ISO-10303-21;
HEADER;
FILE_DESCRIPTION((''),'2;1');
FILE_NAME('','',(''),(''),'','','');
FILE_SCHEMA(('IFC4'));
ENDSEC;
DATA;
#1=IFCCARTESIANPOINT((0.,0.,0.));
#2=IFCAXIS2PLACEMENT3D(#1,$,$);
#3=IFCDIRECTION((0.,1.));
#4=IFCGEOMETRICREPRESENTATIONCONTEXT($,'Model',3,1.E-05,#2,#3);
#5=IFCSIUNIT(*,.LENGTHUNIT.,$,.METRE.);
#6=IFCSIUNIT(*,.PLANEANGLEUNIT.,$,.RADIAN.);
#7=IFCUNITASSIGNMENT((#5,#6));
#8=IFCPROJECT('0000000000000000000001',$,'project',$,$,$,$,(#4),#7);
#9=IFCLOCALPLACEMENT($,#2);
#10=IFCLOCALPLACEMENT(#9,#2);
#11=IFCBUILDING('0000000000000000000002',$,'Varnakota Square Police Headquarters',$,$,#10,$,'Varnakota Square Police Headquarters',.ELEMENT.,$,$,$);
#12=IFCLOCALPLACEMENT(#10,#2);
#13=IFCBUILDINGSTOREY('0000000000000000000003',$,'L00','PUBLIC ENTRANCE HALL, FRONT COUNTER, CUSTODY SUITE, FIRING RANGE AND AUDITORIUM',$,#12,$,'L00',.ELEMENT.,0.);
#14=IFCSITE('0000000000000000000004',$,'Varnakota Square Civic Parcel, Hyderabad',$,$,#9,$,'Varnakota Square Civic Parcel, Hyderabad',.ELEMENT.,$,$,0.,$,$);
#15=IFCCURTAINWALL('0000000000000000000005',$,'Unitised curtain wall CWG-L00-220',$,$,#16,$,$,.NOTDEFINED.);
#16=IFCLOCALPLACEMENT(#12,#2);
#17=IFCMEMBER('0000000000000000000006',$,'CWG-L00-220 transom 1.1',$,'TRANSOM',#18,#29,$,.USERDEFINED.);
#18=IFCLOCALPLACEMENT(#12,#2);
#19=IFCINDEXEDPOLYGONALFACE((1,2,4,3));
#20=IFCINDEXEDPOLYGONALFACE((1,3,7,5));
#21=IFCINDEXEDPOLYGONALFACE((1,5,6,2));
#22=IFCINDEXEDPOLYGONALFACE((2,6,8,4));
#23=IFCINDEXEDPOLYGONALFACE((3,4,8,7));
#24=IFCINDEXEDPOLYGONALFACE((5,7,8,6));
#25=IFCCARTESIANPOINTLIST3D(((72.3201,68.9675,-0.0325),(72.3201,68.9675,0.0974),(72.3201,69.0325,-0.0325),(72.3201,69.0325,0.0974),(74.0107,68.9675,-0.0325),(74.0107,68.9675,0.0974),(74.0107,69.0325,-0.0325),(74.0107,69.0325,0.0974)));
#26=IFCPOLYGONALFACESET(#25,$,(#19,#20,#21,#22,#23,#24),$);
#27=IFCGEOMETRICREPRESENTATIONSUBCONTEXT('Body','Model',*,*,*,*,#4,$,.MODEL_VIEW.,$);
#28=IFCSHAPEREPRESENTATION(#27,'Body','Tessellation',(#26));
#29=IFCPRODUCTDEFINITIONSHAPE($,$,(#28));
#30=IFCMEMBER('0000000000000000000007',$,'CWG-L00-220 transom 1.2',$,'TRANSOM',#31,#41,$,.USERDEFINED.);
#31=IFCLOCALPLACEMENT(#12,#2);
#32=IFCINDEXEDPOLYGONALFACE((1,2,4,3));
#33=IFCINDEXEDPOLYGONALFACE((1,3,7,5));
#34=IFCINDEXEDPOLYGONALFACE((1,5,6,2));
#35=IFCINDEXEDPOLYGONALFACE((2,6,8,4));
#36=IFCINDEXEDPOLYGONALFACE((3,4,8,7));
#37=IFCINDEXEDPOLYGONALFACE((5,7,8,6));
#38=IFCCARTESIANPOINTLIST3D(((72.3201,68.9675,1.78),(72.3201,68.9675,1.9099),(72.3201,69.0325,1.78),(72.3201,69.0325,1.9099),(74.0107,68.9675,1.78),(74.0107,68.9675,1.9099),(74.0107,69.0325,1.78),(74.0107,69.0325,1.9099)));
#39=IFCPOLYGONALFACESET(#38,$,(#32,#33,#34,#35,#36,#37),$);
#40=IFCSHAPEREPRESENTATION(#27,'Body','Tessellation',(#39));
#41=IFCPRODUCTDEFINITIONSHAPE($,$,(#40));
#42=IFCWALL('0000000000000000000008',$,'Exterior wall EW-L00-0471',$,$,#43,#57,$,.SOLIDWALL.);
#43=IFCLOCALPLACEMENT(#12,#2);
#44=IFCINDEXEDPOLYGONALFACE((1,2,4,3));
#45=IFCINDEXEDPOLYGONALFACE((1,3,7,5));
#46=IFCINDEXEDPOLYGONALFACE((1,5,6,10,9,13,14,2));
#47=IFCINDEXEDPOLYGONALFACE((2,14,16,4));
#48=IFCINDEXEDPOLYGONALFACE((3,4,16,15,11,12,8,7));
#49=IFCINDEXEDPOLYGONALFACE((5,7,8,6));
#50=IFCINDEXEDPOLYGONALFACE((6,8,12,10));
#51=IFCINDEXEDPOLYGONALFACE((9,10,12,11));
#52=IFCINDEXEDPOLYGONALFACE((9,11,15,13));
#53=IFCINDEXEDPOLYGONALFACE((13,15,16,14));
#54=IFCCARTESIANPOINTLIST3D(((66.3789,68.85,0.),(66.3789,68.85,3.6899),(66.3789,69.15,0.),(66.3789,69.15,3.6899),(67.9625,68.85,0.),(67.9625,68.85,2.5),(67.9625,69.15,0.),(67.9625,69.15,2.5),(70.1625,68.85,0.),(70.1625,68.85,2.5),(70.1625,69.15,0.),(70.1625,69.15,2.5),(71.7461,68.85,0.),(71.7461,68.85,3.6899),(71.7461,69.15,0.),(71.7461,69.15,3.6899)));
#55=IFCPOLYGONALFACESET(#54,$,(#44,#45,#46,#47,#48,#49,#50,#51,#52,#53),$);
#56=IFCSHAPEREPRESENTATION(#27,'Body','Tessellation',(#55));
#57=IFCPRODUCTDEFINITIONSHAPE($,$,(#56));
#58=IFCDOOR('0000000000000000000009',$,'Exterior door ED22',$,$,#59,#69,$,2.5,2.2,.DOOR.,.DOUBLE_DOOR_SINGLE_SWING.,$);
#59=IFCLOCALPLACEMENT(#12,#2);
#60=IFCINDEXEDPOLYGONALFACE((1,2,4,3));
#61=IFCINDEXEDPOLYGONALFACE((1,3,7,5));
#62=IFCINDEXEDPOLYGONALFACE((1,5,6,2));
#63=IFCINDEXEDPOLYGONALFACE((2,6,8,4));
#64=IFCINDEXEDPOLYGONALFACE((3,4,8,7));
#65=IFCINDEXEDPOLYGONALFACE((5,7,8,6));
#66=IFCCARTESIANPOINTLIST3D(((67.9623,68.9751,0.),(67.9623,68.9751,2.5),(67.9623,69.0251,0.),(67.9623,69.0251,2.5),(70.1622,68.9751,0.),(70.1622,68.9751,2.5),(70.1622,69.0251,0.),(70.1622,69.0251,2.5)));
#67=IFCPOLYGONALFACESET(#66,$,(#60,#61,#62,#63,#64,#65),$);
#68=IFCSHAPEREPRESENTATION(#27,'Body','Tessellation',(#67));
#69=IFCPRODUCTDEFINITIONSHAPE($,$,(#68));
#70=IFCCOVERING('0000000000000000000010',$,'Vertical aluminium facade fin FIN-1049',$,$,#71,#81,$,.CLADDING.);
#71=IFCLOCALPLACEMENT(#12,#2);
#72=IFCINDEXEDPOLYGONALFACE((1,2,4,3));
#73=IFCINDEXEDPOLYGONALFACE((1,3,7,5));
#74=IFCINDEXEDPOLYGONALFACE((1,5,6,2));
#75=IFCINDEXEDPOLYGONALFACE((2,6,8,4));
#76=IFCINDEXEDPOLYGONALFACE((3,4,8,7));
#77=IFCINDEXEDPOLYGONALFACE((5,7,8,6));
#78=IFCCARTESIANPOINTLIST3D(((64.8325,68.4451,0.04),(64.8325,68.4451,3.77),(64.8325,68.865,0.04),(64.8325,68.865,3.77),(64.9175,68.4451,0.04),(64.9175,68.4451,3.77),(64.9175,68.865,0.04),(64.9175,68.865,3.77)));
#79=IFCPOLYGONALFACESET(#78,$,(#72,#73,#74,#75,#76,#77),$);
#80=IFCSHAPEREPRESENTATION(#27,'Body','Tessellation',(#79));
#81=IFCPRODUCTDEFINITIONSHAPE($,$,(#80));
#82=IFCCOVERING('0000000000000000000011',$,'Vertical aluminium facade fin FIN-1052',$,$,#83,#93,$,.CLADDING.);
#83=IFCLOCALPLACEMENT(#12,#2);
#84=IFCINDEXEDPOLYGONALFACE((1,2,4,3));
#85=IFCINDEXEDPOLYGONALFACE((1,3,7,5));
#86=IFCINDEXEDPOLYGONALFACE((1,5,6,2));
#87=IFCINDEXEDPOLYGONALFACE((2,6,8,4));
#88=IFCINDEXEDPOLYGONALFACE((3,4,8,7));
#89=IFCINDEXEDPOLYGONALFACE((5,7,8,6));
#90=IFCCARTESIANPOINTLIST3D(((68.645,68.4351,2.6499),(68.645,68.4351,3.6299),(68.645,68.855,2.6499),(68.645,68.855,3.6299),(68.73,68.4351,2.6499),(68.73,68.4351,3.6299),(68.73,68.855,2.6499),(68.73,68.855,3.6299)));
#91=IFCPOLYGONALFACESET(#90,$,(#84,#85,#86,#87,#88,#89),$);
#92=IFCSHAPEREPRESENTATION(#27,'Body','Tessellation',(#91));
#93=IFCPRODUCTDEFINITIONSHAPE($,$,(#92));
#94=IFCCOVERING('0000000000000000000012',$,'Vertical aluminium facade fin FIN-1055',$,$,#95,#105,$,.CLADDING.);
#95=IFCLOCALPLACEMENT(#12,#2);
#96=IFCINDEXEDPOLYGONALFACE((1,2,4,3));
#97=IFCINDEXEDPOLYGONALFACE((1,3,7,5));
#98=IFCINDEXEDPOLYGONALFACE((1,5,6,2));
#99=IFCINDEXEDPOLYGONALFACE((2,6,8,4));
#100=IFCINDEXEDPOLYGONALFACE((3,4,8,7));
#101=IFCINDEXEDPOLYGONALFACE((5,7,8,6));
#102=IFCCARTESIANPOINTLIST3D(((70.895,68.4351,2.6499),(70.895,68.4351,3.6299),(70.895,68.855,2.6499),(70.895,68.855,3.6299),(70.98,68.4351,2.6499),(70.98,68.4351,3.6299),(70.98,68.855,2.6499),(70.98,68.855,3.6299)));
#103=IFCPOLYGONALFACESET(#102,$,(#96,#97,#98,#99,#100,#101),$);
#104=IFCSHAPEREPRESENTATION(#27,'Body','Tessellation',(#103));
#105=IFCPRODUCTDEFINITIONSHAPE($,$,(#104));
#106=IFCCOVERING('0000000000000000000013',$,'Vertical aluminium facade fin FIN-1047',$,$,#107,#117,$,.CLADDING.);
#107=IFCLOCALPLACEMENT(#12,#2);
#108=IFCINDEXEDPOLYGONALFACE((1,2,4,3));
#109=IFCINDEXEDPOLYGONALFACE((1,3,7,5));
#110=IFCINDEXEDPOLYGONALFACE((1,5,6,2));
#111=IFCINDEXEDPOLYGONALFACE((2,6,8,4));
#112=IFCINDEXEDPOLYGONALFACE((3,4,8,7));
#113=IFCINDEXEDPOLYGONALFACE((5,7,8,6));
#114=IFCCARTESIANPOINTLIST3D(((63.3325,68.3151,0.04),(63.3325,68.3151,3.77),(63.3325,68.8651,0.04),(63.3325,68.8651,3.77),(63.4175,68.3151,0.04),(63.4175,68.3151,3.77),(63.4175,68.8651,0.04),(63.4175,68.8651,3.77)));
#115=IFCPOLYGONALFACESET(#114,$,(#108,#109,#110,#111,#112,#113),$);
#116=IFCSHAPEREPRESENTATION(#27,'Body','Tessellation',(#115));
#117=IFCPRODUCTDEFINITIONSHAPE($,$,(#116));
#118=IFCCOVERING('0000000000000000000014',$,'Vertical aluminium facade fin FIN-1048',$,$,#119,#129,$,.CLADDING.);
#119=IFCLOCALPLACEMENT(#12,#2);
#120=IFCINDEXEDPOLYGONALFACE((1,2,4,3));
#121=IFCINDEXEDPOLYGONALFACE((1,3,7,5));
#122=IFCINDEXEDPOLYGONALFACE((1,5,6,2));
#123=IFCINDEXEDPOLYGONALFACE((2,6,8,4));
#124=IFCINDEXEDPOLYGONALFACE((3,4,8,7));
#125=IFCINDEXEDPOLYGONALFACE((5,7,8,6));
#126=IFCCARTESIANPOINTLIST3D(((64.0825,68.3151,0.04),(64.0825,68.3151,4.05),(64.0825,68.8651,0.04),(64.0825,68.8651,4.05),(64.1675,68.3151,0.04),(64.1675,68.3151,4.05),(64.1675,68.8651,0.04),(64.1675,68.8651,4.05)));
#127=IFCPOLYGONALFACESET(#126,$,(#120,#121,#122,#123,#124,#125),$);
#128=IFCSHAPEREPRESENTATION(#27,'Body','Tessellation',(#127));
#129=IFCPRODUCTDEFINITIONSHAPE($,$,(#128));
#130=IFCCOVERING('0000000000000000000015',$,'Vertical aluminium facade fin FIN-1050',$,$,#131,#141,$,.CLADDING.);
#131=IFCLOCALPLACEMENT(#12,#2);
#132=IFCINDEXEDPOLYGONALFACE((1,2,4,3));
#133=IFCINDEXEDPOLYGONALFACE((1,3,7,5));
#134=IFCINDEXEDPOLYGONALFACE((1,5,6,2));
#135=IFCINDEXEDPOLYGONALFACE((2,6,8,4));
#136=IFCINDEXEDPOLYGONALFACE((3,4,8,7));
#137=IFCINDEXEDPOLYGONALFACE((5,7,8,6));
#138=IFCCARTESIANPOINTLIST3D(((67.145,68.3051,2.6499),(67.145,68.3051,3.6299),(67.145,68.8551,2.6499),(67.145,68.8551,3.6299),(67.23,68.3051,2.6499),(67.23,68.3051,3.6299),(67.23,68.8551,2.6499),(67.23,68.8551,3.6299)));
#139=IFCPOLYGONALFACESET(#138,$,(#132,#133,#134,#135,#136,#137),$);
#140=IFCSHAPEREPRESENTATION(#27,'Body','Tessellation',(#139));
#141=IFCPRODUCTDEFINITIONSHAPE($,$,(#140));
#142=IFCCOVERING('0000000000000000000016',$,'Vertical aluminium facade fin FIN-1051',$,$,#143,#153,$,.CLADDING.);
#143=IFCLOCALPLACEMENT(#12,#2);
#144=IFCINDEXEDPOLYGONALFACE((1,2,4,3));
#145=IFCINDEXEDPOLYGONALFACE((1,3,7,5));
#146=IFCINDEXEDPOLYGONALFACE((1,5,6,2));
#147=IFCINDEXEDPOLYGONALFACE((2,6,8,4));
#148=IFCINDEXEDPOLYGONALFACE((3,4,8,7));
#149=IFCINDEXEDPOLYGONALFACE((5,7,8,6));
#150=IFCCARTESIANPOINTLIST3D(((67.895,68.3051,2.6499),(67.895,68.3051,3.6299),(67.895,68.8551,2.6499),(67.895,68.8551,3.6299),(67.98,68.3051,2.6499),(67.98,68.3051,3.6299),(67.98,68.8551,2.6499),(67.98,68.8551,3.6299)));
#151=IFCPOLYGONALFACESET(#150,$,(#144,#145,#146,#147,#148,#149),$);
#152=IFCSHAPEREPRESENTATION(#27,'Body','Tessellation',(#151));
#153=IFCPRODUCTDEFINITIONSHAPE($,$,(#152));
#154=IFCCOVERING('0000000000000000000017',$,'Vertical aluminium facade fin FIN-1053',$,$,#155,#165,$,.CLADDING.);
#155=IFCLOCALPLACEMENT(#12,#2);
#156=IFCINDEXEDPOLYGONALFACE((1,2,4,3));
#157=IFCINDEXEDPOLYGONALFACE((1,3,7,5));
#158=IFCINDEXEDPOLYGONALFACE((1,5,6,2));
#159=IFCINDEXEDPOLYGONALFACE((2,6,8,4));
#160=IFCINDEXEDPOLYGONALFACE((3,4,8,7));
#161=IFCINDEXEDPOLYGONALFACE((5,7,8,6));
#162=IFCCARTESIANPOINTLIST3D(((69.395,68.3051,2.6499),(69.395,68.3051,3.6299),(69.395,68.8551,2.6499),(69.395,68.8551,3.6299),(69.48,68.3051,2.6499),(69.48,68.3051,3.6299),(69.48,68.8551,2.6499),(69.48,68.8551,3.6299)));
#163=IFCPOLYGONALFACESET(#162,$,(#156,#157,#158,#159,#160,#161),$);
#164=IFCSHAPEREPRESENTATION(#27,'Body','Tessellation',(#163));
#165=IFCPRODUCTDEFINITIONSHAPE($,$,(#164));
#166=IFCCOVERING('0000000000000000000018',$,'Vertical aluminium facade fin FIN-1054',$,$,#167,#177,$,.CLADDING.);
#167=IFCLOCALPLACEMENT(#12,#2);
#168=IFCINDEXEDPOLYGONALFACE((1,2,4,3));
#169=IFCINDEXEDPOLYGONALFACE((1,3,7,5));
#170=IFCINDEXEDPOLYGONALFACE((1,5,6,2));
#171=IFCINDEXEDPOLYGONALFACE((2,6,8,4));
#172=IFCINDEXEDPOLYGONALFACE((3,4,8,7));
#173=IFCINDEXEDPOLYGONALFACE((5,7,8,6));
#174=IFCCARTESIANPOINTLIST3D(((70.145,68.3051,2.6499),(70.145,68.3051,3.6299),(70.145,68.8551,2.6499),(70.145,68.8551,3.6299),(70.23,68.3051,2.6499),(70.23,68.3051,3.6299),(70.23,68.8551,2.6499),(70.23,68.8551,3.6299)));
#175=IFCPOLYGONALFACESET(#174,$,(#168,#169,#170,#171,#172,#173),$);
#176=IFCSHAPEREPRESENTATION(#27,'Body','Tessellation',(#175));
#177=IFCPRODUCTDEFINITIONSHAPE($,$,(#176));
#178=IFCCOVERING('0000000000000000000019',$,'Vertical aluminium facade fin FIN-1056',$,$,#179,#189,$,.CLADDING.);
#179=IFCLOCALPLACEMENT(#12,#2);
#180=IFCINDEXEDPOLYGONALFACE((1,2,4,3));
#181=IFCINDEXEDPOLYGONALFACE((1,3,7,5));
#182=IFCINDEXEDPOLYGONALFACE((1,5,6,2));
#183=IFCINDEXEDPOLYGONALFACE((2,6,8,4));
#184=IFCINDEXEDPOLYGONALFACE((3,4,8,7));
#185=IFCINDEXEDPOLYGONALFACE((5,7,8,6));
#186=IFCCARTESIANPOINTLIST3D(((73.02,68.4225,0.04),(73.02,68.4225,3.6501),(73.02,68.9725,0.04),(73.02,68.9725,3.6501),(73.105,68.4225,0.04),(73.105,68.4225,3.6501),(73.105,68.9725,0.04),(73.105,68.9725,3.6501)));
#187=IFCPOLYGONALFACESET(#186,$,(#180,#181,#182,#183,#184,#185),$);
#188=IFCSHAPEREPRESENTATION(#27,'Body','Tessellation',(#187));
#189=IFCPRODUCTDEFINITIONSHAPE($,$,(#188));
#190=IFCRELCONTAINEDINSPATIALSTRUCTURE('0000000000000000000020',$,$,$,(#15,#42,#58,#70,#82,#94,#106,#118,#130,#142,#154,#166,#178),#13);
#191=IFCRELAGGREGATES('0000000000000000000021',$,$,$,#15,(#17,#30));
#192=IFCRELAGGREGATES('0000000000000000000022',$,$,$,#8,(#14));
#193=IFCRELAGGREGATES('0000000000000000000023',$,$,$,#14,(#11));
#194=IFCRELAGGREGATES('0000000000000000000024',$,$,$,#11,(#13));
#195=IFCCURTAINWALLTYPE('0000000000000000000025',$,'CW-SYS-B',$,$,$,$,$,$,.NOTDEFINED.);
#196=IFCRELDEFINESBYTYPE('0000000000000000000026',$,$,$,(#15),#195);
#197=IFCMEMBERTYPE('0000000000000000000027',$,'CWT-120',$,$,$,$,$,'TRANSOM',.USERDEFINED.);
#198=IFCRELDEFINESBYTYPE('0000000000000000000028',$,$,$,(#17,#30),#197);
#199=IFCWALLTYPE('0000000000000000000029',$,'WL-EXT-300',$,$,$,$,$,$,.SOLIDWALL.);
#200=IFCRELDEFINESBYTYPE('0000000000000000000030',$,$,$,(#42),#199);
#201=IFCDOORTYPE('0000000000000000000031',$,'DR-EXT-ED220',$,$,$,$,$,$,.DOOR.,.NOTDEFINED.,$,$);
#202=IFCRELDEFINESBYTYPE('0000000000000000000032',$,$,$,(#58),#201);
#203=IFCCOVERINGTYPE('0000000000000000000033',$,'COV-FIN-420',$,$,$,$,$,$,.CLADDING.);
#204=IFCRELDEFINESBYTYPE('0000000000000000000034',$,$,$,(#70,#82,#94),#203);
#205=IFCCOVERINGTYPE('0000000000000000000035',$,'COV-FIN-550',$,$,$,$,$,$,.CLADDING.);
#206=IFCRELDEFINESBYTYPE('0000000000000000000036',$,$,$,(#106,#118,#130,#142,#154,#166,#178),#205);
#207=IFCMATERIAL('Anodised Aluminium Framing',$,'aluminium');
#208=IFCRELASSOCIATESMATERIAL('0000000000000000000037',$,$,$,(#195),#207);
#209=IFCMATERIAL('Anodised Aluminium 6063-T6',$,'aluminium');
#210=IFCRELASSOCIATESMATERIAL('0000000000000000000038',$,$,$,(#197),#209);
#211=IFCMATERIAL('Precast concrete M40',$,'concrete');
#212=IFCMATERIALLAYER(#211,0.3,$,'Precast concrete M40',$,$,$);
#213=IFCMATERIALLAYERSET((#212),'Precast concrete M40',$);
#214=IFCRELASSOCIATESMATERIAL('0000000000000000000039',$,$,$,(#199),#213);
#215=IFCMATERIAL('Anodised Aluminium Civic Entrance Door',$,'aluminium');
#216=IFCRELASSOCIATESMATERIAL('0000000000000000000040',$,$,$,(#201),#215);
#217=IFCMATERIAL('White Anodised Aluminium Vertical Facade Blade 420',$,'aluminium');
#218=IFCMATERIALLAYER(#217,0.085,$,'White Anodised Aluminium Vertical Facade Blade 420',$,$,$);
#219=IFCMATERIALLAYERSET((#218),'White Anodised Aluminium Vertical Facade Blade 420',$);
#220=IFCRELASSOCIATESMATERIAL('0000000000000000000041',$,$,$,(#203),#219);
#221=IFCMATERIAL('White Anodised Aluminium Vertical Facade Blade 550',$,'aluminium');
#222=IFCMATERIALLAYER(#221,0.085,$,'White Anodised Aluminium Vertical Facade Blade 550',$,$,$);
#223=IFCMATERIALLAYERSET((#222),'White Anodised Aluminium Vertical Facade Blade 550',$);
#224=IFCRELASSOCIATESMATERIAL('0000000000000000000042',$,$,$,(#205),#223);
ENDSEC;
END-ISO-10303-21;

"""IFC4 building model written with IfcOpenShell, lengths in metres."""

from ifc_helpers import new_model, si_unit, direction, frame, frame_2d, origin, origin_2d, place, context, subcontext, project, spatial, rectangle, extrude, material, layer, layer_set, material_profile, profile_set, type_object, element, fill, aggregate, save


model = new_model("IFC4")

# Units and contexts
model_context = context("Model", 3, precision=1e-05, world=origin(), true_north=direction((0.0, 1.0)))
body_context = subcontext(model_context, "Body", "Model", "MODEL_VIEW")
ifc_project = project(units=[si_unit("LENGTHUNIT", "METRE"), si_unit("PLANEANGLEUNIT", "RADIAN")], contexts=[model_context])

# Site, building, storey
site_placement = place(None, origin())
site = spatial("IfcSite", under=ifc_project, at=site_placement, Name="Varnakota Square Civic Parcel, Hyderabad", LongName="Varnakota Square Civic Parcel, Hyderabad", CompositionType="ELEMENT", RefElevation=0.0)
building_placement = place(site_placement, origin())
building = spatial("IfcBuilding", under=site, at=building_placement, Name="Varnakota Square Police Headquarters", LongName="Varnakota Square Police Headquarters", CompositionType="ELEMENT")
storey_placement = place(building_placement, origin())
storey = spatial("IfcBuildingStorey", under=building, at=storey_placement, Name="L00", Description="PUBLIC ENTRANCE HALL, FRONT COUNTER, CUSTODY SUITE, FIRING RANGE AND AUDITORIUM", LongName="L00", CompositionType="ELEMENT", Elevation=0.0)

# Curtain wall, members
ifc_material_1 = material(Name="Anodised Aluminium Framing", Category="aluminium")
curtain_wall_type = type_object("IfcCurtainWallType", Name="CW-SYS-B", PredefinedType="NOTDEFINED", material=ifc_material_1)
curtain_wall_placement = place(storey_placement, origin())
curtain_wall = element("IfcCurtainWall", 1, at=curtain_wall_placement, inside=storey, type_object=curtain_wall_type, Name="Unitised curtain wall CWG-L00-220", PredefinedType="NOTDEFINED")
ifc_material_2 = material(Name="Anodised Aluminium 6063-T6", Category="aluminium")
ifc_material_profile_1 = material_profile(ifc_material_2, rectangle(XDim=0.0649, YDim=0.1299, at=origin_2d()), Name="ALU TRANSOM 65x130")
ifc_profile_set_1 = profile_set([ifc_material_profile_1], Name="Anodised Aluminium 6063-T6")
member_type_1 = type_object("IfcMemberType", Name="CWT-120", ElementType="TRANSOM", PredefinedType="USERDEFINED", material=ifc_profile_set_1)
member_1_placement = place(storey_placement, frame((72.3201, 69.0, 0.0325), z_axis=(1.0, 0.0, 0.0), x_axis=(0.0, 1.0, 0.0)))
member_1 = element("IfcMember", 2, at=member_1_placement, type_object=member_type_1, Name="CWG-L00-220 transom 1.1", ObjectType="TRANSOM", PredefinedType="USERDEFINED", context=body_context, shape_type="SweptSolid", body=[
    extrude(rectangle(XDim=0.0649, YDim=0.1299, at=origin_2d()), origin(), (0.0, 0.0, 1.0), 1.6907),
])
member_2_placement = place(storey_placement, frame((72.3201, 69.0, 1.845), z_axis=(1.0, 0.0, 0.0), x_axis=(0.0, 1.0, 0.0)))
member_2 = element("IfcMember", 3, at=member_2_placement, type_object=member_type_1, Name="CWG-L00-220 transom 1.2", ObjectType="TRANSOM", PredefinedType="USERDEFINED", context=body_context, shape_type="SweptSolid", body=[
    extrude(rectangle(XDim=0.0649, YDim=0.1299, at=origin_2d()), origin(), (0.0, 0.0, 1.0), 1.6907),
])
aggregate(curtain_wall, [member_1, member_2])

# Wall, opening, door
ifc_material_3 = material(Name="Precast concrete M40", Category="concrete")
ifc_layer_1 = layer(ifc_material_3, 0.3, Name="Precast concrete M40")
ifc_layer_set_1 = layer_set([ifc_layer_1], Name="Precast concrete M40")
wall_type = type_object("IfcWallType", Name="WL-EXT-300", PredefinedType="SOLIDWALL", material=ifc_layer_set_1)
wall_placement = place(storey_placement, frame((66.3789, 69.0, 0.0), z_axis=(0.0, 0.0, 1.0), x_axis=(1.0, 0.0, 0.0)))
wall = element("IfcWall", 4, at=wall_placement, inside=storey, type_object=wall_type, Name="Exterior wall EW-L00-0471", PredefinedType="SOLIDWALL", context=body_context, shape_type="SweptSolid", body=[
    extrude(rectangle(XDim=5.3672, YDim=0.3, at=frame_2d((2.6836, 0.0))), origin(), (0.0, 0.0, 1.0), 3.6899),
])
opening_placement = place(wall_placement, frame((1.5835, 0.0, 0.0)))
opening = element("IfcOpeningElement", 5, at=opening_placement, cuts=wall, PredefinedType="OPENING", context=body_context, shape_type="SweptSolid", body=[
    extrude(rectangle(XDim=2.2, YDim=2.5, at=frame_2d((1.1001, 1.25))), frame((0.0, 0.1599, 0.0), z_axis=(0.0, -1.0, 0.0), x_axis=(1.0, 0.0, 0.0)), (0.0, 0.0, 1.0), 0.3201),
])
ifc_material_4 = material(Name="Anodised Aluminium Civic Entrance Door", Category="aluminium")
door_type = type_object("IfcDoorType", Name="DR-EXT-ED220", OperationType="NOTDEFINED", PredefinedType="DOOR", material=ifc_material_4)
door_placement = place(opening_placement, frame((2.2, 0.0, 0.0), z_axis=(0.0, 0.0, 1.0), x_axis=(-1.0, 0.0, 0.0)))
door = element("IfcDoor", 6, at=door_placement, inside=storey, type_object=door_type, Name="Exterior door ED22", OperationType="DOUBLE_DOOR_SINGLE_SWING", OverallHeight=2.5, OverallWidth=2.2, PredefinedType="DOOR", context=body_context, shape_type="SweptSolid", body=[
    extrude(rectangle(XDim=2.2, YDim=2.5, at=frame_2d((1.1001, 1.25))), frame((0.0, 0.0249, 0.0), z_axis=(0.0, -1.0, 0.0), x_axis=(1.0, 0.0, 0.0)), (0.0, 0.0, 1.0), 0.05),
])
fill(opening, door)

# Coverings
ifc_material_5 = material(Name="White Anodised Aluminium Vertical Facade Blade 420", Category="aluminium")
ifc_layer_2 = layer(ifc_material_5, 0.085, Name="White Anodised Aluminium Vertical Facade Blade 420")
ifc_layer_set_2 = layer_set([ifc_layer_2], Name="White Anodised Aluminium Vertical Facade Blade 420")
covering_type_1 = type_object("IfcCoveringType", Name="COV-FIN-420", PredefinedType="CLADDING", material=ifc_layer_set_2)
covering_1_placement = place(storey_placement, frame((64.875, 68.655, 0.04), z_axis=(0.0, 0.0, 1.0), x_axis=(1.0, 0.0, 0.0)))
element("IfcCovering", 7, at=covering_1_placement, inside=storey, type_object=covering_type_1, Name="Vertical aluminium facade fin FIN-1049", PredefinedType="CLADDING", context=body_context, shape_type="SweptSolid", body=[
    extrude(rectangle(XDim=0.085, YDim=0.4199, at=origin_2d()), origin(), (0.0, 0.0, 1.0), 3.73),
])
for number, where, z_axis, x_axis, name in (
    (8, (68.6875, 68.645, 2.6499), (0.0, 0.0, 1.0), (1.0, 0.0, 0.0), "Vertical aluminium facade fin FIN-1052"),
    (9, (70.9375, 68.645, 2.6499), (0.0, 0.0, 1.0), (1.0, 0.0, 0.0), "Vertical aluminium facade fin FIN-1055"),
):
    element("IfcCovering", number, at=place(storey_placement, frame(where, z_axis=z_axis, x_axis=x_axis)), inside=storey, type_object=covering_type_1, Name=name, PredefinedType="CLADDING", context=body_context, shape_type="SweptSolid", body=[
        extrude(rectangle(XDim=0.085, YDim=0.4199, at=origin_2d()), origin(), (0.0, 0.0, 1.0), 0.98),
    ])
ifc_material_6 = material(Name="White Anodised Aluminium Vertical Facade Blade 550", Category="aluminium")
ifc_layer_3 = layer(ifc_material_6, 0.085, Name="White Anodised Aluminium Vertical Facade Blade 550")
ifc_layer_set_3 = layer_set([ifc_layer_3], Name="White Anodised Aluminium Vertical Facade Blade 550")
covering_type_2 = type_object("IfcCoveringType", Name="COV-FIN-550", PredefinedType="CLADDING", material=ifc_layer_set_3)
covering_2_placement = place(storey_placement, frame((63.375, 68.5901, 0.04), z_axis=(0.0, 0.0, 1.0), x_axis=(1.0, 0.0, 0.0)))
element("IfcCovering", 10, at=covering_2_placement, inside=storey, type_object=covering_type_2, Name="Vertical aluminium facade fin FIN-1047", PredefinedType="CLADDING", context=body_context, shape_type="SweptSolid", body=[
    extrude(rectangle(XDim=0.085, YDim=0.55, at=origin_2d()), origin(), (0.0, 0.0, 1.0), 3.73),
])
covering_3_placement = place(storey_placement, frame((64.125, 68.5901, 0.04), z_axis=(0.0, 0.0, 1.0), x_axis=(1.0, 0.0, 0.0)))
element("IfcCovering", 11, at=covering_3_placement, inside=storey, type_object=covering_type_2, Name="Vertical aluminium facade fin FIN-1048", PredefinedType="CLADDING", context=body_context, shape_type="SweptSolid", body=[
    extrude(rectangle(XDim=0.085, YDim=0.55, at=origin_2d()), origin(), (0.0, 0.0, 1.0), 4.01),
])
for number, where, z_axis, x_axis, name in (
    (12, (67.1875, 68.5801, 2.6499), (0.0, 0.0, 1.0), (1.0, 0.0, 0.0), "Vertical aluminium facade fin FIN-1050"),
    (13, (67.9375, 68.5801, 2.6499), (0.0, 0.0, 1.0), (1.0, 0.0, 0.0), "Vertical aluminium facade fin FIN-1051"),
    (14, (69.4375, 68.5801, 2.6499), (0.0, 0.0, 1.0), (1.0, 0.0, 0.0), "Vertical aluminium facade fin FIN-1053"),
    (15, (70.1875, 68.5801, 2.6499), (0.0, 0.0, 1.0), (1.0, 0.0, 0.0), "Vertical aluminium facade fin FIN-1054"),
):
    element("IfcCovering", number, at=place(storey_placement, frame(where, z_axis=z_axis, x_axis=x_axis)), inside=storey, type_object=covering_type_2, Name=name, PredefinedType="CLADDING", context=body_context, shape_type="SweptSolid", body=[
        extrude(rectangle(XDim=0.085, YDim=0.55, at=origin_2d()), origin(), (0.0, 0.0, 1.0), 0.98),
    ])
covering_4_placement = place(storey_placement, frame((73.0625, 68.6975, 0.04), z_axis=(0.0, 0.0, 1.0), x_axis=(1.0, 0.0, 0.0)))
element("IfcCovering", 16, at=covering_4_placement, inside=storey, type_object=covering_type_2, Name="Vertical aluminium facade fin FIN-1056", PredefinedType="CLADDING", context=body_context, shape_type="SweptSolid", body=[
    extrude(rectangle(XDim=0.085, YDim=0.55, at=origin_2d()), origin(), (0.0, 0.0, 1.0), 3.6101),
])

save(model, "model.ifc")
